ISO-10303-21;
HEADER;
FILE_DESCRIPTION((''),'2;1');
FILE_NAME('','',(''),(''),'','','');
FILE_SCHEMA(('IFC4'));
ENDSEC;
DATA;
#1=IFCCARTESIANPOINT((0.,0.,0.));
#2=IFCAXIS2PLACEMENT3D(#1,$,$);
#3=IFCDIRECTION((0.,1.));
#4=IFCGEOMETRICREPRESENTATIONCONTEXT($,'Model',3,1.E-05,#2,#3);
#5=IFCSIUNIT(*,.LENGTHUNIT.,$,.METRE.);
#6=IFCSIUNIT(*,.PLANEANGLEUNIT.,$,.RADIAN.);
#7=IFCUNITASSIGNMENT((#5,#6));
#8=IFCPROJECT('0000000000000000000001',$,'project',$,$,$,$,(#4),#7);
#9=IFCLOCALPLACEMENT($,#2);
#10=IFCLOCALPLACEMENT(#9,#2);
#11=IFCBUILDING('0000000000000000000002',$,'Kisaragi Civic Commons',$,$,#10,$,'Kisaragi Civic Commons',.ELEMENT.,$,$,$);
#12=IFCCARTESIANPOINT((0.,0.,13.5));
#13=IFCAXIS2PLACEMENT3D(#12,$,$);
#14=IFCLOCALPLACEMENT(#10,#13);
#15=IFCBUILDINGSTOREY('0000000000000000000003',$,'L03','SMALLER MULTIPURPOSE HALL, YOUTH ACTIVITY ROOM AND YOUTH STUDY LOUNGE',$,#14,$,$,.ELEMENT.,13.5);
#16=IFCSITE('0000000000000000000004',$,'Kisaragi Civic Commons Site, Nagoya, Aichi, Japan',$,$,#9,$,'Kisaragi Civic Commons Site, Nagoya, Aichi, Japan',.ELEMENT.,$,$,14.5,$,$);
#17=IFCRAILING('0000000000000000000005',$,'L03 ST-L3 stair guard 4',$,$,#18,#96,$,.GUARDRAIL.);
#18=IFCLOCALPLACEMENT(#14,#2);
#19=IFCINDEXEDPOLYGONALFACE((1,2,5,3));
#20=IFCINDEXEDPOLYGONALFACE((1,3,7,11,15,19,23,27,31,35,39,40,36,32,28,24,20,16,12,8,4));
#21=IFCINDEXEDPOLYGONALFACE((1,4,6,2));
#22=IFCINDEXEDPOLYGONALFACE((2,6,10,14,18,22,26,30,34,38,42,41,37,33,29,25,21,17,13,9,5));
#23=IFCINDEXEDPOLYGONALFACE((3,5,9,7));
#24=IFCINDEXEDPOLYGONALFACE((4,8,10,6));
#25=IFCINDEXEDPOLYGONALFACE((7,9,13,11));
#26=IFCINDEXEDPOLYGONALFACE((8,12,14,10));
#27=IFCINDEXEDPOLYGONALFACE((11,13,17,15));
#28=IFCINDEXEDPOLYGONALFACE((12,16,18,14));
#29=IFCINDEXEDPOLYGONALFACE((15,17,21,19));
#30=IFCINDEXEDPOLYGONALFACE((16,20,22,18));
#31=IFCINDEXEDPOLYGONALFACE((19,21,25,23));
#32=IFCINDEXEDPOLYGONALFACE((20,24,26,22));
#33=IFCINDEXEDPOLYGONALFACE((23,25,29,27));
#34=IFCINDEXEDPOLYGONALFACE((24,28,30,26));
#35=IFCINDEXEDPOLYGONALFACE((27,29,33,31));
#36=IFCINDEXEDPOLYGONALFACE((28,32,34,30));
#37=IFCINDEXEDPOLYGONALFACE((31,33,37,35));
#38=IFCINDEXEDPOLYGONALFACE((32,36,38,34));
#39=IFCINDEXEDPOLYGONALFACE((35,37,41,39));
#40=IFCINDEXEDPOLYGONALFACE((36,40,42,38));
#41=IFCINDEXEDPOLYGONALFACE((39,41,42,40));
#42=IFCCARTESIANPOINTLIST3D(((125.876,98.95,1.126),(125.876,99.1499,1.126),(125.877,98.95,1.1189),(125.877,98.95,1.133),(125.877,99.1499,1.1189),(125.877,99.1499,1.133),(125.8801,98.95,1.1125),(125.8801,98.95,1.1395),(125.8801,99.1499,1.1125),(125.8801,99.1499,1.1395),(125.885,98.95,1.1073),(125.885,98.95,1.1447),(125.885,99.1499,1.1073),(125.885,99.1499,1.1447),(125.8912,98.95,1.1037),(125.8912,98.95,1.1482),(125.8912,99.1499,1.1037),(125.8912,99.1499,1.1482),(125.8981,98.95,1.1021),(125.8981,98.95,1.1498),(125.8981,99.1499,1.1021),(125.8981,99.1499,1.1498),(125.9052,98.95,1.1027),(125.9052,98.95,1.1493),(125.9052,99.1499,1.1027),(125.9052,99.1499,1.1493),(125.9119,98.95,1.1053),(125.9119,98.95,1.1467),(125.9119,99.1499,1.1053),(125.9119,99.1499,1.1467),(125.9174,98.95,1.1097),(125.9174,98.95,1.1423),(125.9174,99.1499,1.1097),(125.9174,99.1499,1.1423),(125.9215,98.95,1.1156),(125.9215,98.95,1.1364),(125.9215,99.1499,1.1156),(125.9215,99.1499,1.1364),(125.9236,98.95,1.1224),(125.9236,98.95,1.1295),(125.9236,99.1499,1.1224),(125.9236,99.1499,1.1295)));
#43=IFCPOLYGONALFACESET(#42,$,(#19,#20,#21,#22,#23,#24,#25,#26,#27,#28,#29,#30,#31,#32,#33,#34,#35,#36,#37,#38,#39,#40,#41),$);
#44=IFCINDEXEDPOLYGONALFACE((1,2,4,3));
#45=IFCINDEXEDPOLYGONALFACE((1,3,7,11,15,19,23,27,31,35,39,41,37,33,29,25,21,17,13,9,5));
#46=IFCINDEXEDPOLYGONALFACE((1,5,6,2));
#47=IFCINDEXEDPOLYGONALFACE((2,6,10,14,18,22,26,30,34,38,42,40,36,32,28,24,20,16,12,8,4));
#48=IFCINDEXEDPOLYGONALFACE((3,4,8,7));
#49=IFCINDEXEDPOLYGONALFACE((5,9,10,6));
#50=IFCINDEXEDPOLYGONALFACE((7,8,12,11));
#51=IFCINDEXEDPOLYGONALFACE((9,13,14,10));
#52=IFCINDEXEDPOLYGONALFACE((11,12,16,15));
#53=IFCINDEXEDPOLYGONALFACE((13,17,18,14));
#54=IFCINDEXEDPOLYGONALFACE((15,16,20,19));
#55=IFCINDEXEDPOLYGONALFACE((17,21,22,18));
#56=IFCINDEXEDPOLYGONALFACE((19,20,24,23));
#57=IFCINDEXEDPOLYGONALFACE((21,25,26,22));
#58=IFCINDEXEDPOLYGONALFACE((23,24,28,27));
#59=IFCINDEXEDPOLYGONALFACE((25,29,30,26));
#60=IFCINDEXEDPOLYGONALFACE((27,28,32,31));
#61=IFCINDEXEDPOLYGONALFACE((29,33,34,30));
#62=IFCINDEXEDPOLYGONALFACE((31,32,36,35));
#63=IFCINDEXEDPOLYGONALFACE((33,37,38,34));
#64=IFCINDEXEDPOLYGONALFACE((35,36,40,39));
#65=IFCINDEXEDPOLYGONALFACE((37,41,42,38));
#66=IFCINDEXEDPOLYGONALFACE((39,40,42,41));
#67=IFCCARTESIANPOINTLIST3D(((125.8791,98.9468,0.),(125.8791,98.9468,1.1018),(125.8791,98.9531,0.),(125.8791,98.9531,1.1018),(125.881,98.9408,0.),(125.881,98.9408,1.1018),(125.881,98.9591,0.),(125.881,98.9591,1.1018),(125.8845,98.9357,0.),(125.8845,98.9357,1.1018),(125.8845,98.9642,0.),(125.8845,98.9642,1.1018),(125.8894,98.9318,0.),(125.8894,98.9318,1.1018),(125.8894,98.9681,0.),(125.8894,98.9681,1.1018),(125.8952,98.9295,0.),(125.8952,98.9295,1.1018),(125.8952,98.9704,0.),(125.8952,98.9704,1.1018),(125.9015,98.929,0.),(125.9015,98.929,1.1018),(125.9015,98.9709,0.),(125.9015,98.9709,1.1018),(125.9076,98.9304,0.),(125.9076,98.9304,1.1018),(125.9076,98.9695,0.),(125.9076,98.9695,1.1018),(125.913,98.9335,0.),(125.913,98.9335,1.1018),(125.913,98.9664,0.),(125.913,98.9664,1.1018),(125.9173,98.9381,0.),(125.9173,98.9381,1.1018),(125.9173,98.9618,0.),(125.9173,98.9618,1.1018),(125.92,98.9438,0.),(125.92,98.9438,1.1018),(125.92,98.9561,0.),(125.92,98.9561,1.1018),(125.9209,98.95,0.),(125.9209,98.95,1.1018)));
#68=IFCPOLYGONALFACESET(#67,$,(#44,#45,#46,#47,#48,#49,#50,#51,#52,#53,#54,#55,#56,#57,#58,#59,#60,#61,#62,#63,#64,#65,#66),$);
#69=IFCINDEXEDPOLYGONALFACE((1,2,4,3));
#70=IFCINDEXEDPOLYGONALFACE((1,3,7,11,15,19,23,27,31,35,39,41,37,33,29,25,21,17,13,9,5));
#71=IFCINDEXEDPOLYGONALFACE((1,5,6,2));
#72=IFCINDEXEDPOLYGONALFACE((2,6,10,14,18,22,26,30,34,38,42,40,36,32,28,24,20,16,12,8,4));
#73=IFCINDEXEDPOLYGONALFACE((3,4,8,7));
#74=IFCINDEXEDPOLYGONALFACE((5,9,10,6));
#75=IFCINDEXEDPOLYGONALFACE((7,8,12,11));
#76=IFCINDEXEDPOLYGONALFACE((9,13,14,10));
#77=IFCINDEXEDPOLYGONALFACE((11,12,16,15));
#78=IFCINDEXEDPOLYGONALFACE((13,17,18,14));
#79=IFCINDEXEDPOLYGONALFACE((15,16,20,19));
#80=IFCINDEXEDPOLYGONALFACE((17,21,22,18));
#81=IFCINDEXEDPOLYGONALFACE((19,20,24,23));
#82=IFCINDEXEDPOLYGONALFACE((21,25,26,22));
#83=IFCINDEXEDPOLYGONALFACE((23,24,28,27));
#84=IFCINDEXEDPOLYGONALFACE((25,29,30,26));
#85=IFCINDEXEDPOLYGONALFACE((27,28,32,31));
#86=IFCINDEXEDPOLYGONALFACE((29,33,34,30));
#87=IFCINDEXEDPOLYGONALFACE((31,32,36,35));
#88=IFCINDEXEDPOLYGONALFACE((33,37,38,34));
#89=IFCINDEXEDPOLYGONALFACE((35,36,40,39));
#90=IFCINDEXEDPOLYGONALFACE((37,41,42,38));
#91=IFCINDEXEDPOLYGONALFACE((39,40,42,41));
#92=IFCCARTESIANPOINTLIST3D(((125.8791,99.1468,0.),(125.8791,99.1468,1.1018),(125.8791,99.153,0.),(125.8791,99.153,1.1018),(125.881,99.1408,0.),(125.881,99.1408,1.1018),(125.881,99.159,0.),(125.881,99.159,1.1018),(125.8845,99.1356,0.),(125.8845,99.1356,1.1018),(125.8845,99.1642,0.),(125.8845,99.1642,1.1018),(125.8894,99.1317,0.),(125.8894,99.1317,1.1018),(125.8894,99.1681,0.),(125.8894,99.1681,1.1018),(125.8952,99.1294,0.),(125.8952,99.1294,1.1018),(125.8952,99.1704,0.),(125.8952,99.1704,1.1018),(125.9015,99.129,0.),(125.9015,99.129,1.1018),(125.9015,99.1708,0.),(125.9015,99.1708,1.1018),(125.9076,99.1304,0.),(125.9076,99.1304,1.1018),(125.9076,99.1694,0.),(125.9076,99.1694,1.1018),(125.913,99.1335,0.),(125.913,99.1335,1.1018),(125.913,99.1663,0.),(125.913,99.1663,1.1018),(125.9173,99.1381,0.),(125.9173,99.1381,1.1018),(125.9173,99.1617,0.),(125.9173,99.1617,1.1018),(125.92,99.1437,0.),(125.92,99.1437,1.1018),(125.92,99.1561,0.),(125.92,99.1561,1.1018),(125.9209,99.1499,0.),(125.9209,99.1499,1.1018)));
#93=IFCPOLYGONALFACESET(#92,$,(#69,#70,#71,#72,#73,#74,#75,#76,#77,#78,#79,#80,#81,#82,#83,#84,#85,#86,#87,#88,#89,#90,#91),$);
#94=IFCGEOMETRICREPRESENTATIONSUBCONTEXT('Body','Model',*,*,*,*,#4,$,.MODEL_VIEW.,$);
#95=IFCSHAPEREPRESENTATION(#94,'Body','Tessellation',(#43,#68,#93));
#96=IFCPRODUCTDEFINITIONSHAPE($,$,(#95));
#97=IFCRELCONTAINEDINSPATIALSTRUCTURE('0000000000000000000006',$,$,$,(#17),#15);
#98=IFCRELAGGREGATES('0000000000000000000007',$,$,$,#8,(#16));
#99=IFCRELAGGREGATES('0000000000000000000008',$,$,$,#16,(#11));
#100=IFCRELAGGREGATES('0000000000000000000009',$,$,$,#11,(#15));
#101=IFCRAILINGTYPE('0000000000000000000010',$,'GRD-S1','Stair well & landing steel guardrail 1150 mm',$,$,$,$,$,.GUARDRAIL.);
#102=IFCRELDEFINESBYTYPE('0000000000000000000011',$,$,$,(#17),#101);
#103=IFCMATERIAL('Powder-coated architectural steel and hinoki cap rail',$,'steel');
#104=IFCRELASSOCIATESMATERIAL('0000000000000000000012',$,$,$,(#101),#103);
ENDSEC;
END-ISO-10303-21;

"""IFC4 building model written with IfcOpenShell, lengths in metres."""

from ifc_helpers import new_model, si_unit, direction, frame, origin, origin_2d, place, context, subcontext, project, spatial, circle, extrude, material, type_object, element, save


model = new_model("IFC4")

# Units and contexts
model_context = context("Model", 3, precision=1e-05, world=origin(), true_north=direction((0.0, 1.0)))
body_context = subcontext(model_context, "Body", "Model", "MODEL_VIEW")
ifc_project = project(units=[si_unit("LENGTHUNIT", "METRE"), si_unit("PLANEANGLEUNIT", "RADIAN")], contexts=[model_context])

# Site, building, storey
site_placement = place(None, origin())
site = spatial("IfcSite", under=ifc_project, at=site_placement, Name="Kisaragi Civic Commons Site, Nagoya, Aichi, Japan", LongName="Kisaragi Civic Commons Site, Nagoya, Aichi, Japan", CompositionType="ELEMENT", RefElevation=14.5)
building_placement = place(site_placement, origin())
building = spatial("IfcBuilding", under=site, at=building_placement, Name="Kisaragi Civic Commons", LongName="Kisaragi Civic Commons", CompositionType="ELEMENT")
storey_placement = place(building_placement, frame((0.0, 0.0, 13.5)))
storey = spatial("IfcBuildingStorey", under=building, at=storey_placement, Name="L03", Description="SMALLER MULTIPURPOSE HALL, YOUTH ACTIVITY ROOM AND YOUTH STUDY LOUNGE", CompositionType="ELEMENT", Elevation=13.5)

# Railing
ifc_material_1 = material(Name="Powder-coated architectural steel and hinoki cap rail", Category="steel")
railing_type_1 = type_object("IfcRailingType", Name="GRD-S1", Description="Stair well & landing steel guardrail 1150 mm", PredefinedType="GUARDRAIL", material=ifc_material_1)
railing_1_placement = place(storey_placement, frame((125.8999, 98.95, 0.0)))
element("IfcRailing", 1, at=railing_1_placement, inside=storey, type_object=railing_type_1, Name="L03 ST-L3 stair guard 4", PredefinedType="GUARDRAIL", context=body_context, shape_type="SweptSolid", body=[
    extrude(circle(Radius=0.0239, at=origin_2d()), frame((0.0, 0.0, 1.126), z_axis=(0.0, 1.0, 0.0), x_axis=(-1.0, 0.0, 0.0)), (0.0, 0.0, 1.0), 0.2),
    extrude(circle(Radius=0.021, at=origin_2d()), origin(), (0.0, 0.0, 1.0), 1.1018),
    extrude(circle(Radius=0.021, at=origin_2d()), frame((0.0, 0.2, 0.0)), (0.0, 0.0, 1.0), 1.1018),
])

save(model, "model.ifc")
